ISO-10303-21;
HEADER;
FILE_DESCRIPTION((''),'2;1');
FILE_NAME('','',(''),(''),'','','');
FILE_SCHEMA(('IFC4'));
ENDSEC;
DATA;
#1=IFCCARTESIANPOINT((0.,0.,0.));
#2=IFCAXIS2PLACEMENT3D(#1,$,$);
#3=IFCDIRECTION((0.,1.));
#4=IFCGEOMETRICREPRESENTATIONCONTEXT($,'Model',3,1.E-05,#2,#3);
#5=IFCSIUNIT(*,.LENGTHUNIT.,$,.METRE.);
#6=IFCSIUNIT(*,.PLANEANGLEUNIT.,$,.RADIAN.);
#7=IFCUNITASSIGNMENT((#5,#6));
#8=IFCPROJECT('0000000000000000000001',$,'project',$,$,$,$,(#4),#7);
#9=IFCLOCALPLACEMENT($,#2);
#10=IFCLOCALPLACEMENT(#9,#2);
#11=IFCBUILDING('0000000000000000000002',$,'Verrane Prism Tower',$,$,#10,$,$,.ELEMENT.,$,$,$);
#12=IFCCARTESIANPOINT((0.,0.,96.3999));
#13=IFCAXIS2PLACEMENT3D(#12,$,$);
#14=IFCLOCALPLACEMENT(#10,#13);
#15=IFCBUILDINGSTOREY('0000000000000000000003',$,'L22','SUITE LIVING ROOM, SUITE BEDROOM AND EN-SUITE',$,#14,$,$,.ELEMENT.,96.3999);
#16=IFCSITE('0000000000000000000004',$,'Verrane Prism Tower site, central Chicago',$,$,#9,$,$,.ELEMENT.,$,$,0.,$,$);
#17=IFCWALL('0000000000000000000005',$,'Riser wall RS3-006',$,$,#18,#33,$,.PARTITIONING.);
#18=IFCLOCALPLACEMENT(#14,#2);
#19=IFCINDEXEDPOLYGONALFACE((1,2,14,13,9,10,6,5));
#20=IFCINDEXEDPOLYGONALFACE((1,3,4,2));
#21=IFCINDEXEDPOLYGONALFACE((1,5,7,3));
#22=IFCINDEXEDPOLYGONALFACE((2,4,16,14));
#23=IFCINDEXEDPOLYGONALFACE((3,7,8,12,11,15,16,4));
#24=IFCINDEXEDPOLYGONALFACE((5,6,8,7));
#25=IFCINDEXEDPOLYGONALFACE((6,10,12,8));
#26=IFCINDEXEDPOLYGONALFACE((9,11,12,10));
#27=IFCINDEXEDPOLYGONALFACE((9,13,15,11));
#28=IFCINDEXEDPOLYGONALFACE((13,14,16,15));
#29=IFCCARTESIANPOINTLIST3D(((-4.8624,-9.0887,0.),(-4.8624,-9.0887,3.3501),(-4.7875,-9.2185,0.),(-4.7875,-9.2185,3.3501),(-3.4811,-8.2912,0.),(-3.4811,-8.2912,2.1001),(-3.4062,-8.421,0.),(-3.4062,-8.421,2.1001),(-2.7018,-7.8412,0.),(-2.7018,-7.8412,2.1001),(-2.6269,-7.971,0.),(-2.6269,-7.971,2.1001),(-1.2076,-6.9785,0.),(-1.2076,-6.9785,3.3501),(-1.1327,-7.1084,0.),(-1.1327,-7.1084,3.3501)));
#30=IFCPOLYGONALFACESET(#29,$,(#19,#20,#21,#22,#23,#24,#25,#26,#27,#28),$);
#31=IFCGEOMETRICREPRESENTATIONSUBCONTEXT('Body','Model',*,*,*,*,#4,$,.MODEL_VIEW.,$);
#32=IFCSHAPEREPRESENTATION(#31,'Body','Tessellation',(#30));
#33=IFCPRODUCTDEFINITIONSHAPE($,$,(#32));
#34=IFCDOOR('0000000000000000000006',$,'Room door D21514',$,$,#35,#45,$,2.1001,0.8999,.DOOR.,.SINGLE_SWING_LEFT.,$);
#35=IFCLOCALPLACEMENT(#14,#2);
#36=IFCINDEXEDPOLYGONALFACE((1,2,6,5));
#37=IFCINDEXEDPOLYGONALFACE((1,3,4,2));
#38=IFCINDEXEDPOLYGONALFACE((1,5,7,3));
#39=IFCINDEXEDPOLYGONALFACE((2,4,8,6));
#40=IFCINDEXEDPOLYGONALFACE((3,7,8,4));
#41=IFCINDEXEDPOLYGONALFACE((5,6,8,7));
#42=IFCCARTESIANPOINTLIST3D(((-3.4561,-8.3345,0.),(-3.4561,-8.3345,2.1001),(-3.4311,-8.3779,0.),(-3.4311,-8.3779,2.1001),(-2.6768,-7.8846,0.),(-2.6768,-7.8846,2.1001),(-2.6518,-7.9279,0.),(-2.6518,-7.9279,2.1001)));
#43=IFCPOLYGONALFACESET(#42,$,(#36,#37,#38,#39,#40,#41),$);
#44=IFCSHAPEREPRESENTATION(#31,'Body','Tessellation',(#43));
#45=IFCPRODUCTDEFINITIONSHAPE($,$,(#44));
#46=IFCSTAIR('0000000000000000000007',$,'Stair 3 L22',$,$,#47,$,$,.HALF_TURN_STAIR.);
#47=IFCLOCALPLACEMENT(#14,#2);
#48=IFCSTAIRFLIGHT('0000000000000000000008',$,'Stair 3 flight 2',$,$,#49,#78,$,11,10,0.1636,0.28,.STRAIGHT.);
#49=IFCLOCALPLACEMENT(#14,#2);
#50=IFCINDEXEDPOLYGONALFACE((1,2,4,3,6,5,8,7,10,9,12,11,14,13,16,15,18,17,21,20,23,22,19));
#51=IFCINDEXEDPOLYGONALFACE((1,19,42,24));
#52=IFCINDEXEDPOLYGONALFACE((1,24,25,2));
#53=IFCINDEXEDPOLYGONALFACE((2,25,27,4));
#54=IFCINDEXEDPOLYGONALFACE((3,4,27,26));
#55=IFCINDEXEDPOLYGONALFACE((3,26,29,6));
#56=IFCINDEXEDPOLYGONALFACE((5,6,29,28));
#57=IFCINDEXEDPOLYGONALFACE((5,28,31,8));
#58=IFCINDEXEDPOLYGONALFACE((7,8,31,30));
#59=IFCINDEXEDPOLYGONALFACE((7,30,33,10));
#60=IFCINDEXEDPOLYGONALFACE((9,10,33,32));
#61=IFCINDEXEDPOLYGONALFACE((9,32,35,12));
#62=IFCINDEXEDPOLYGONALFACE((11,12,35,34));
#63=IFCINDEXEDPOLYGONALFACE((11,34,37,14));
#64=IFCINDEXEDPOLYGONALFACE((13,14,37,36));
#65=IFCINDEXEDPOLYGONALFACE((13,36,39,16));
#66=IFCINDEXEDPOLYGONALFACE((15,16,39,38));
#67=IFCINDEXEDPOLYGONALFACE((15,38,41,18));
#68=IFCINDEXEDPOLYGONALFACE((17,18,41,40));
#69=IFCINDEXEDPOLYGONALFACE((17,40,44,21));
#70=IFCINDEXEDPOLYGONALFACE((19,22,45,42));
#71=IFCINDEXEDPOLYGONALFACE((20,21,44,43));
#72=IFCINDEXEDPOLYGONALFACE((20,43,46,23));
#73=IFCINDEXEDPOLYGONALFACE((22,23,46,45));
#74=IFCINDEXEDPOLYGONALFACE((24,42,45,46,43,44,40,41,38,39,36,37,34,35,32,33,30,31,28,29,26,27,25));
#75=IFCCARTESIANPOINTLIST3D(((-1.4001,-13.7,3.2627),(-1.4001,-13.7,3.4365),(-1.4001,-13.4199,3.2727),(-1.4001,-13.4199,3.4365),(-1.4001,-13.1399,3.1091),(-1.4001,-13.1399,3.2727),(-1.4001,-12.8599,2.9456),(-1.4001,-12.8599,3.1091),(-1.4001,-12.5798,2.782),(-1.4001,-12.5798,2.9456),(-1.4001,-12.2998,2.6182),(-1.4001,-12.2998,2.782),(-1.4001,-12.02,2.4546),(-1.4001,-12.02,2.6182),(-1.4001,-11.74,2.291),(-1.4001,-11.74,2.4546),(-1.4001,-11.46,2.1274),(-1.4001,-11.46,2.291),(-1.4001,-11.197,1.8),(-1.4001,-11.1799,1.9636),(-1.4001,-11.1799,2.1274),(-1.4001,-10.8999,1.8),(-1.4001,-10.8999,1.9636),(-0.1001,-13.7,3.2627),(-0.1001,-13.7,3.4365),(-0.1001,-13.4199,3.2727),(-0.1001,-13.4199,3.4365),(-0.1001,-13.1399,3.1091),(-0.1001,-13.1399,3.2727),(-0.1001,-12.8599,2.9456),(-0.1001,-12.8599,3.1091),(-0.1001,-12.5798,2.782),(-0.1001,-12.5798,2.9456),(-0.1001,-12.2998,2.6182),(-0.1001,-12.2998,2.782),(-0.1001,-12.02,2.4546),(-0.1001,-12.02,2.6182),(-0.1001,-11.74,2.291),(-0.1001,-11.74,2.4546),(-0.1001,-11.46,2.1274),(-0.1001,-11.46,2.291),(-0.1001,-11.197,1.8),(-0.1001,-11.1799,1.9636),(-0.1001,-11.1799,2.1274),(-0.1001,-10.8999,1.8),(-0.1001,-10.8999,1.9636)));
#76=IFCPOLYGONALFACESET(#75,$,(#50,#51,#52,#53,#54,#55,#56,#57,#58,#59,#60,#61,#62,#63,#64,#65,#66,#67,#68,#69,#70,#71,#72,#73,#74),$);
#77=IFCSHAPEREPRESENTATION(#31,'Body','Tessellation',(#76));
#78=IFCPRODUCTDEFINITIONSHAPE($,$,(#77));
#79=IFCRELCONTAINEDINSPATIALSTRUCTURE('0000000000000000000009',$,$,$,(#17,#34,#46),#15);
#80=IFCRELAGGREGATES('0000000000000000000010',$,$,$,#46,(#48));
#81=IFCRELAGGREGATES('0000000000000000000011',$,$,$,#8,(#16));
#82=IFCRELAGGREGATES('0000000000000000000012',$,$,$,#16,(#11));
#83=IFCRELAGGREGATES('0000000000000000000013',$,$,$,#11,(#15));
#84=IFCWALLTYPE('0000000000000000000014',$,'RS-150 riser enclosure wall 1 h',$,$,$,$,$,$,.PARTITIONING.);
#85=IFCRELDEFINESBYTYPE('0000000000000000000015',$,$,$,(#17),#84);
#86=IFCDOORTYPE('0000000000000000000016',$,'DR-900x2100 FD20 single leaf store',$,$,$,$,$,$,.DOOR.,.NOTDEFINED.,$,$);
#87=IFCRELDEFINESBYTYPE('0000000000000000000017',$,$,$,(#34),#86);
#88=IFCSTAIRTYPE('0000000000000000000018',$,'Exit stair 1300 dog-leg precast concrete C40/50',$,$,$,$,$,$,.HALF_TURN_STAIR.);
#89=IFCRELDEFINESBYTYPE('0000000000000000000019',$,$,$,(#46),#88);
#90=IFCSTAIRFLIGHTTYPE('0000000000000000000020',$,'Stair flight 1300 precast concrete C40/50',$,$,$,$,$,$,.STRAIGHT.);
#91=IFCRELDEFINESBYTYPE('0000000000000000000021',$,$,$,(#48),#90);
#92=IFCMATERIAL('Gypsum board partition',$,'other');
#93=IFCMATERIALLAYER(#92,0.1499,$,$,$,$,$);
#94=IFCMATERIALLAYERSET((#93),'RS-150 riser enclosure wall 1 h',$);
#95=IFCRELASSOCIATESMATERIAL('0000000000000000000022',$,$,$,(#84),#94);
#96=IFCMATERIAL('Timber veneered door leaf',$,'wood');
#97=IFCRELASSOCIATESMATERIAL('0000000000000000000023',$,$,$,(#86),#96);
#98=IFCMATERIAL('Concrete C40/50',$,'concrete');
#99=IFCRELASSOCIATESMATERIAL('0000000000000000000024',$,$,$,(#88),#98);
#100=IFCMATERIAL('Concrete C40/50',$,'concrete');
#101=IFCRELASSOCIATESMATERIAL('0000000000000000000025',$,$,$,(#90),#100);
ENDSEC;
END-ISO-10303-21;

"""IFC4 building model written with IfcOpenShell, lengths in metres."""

from ifc_helpers import new_model, si_unit, direction, frame, frame_2d, origin, place, context, subcontext, project, spatial, polyline, rectangle, outline, extrude, material, layer, layer_set, type_object, element, fill, aggregate, save


model = new_model("IFC4")

# Units and contexts
model_context = context("Model", 3, precision=1e-05, world=origin(), true_north=direction((0.0, 1.0)))
body_context = subcontext(model_context, "Body", "Model", "MODEL_VIEW")
ifc_project = project(units=[si_unit("LENGTHUNIT", "METRE"), si_unit("PLANEANGLEUNIT", "RADIAN")], contexts=[model_context])

# Site, building, storey
site_placement = place(None, origin())
site = spatial("IfcSite", under=ifc_project, at=site_placement, Name="Verrane Prism Tower site, central Chicago", CompositionType="ELEMENT", RefElevation=0.0)
building_placement = place(site_placement, origin())
building = spatial("IfcBuilding", under=site, at=building_placement, Name="Verrane Prism Tower", CompositionType="ELEMENT")
storey_placement = place(building_placement, frame((0.0, 0.0, 96.3999)))
storey = spatial("IfcBuildingStorey", under=building, at=storey_placement, Name="L22", Description="SUITE LIVING ROOM, SUITE BEDROOM AND EN-SUITE", CompositionType="ELEMENT", Elevation=96.3999)

# Wall, opening, door
ifc_material_1 = material(Name="Gypsum board partition", Category="other")
ifc_layer_1 = layer(ifc_material_1, 0.1499)
ifc_layer_set_1 = layer_set([ifc_layer_1], Name="RS-150 riser enclosure wall 1 h")
wall_type_1 = type_object("IfcWallType", Name="RS-150 riser enclosure wall 1 h", PredefinedType="PARTITIONING", material=ifc_layer_set_1)
wall_1_placement = place(storey_placement, frame((-4.825, -9.1536, 0.0), z_axis=(0.0, 0.0, 1.0), x_axis=(0.866024, 0.500003, 0.0)))
wall_1 = element("IfcWall", 1, at=wall_1_placement, inside=storey, type_object=wall_type_1, Name="Riser wall RS3-006", PredefinedType="PARTITIONING", context=body_context, shape_type="SweptSolid", body=[
    extrude(rectangle(XDim=4.2202, YDim=0.1499, at=frame_2d((2.1101, 0.0))), origin(), (0.0, 0.0, 1.0), 3.3501),
])
opening_1_placement = place(wall_1_placement, frame((1.595, 0.0, 0.0)))
opening_1 = element("IfcOpeningElement", 2, at=opening_1_placement, cuts=wall_1, PredefinedType="OPENING", context=body_context, shape_type="SweptSolid", body=[
    extrude(rectangle(XDim=0.8999, YDim=2.1001, at=frame_2d((0.45, 1.05))), frame((0.0, 0.085, 0.0), z_axis=(0.0, -1.0, 0.0), x_axis=(1.0, 0.0, 0.0)), (0.0, 0.0, 1.0), 0.1699),
])
ifc_material_2 = material(Name="Timber veneered door leaf", Category="wood")
door_type_1 = type_object("IfcDoorType", Name="DR-900x2100 FD20 single leaf store", OperationType="NOTDEFINED", PredefinedType="DOOR", material=ifc_material_2)
door_1_placement = place(opening_1_placement, origin())
door_1 = element("IfcDoor", 3, at=door_1_placement, inside=storey, type_object=door_type_1, Name="Room door D21514", OperationType="SINGLE_SWING_LEFT", OverallHeight=2.1001, OverallWidth=0.8999, PredefinedType="DOOR", context=body_context, shape_type="SweptSolid", body=[
    extrude(rectangle(XDim=0.8999, YDim=2.1001, at=frame_2d((0.45, 1.05))), frame((0.0, 0.0249, 0.0), z_axis=(0.0, -1.0, 0.0), x_axis=(1.0, 0.0, 0.0)), (0.0, 0.0, 1.0), 0.05),
])
fill(opening_1, door_1)

# Stair, stair flight
ifc_material_3 = material(Name="Concrete C40/50", Category="concrete")
stair_type = type_object("IfcStairType", Name="Exit stair 1300 dog-leg precast concrete C40/50", PredefinedType="HALF_TURN_STAIR", material=ifc_material_3)
stair_placement = place(storey_placement, origin())
stair = element("IfcStair", 4, at=stair_placement, inside=storey, type_object=stair_type, Name="Stair 3 L22", PredefinedType="HALF_TURN_STAIR")
ifc_material_4 = material(Name="Concrete C40/50", Category="concrete")
stair_flight_type = type_object("IfcStairFlightType", Name="Stair flight 1300 precast concrete C40/50", PredefinedType="STRAIGHT", material=ifc_material_4)
stair_flight_placement = place(storey_placement, frame((-0.75, -10.8999, 1.8), z_axis=(0.0, 0.0, 1.0), x_axis=(0.0, -1.0, 0.0)))
stair_flight = element("IfcStairFlight", 5, at=stair_flight_placement, type_object=stair_flight_type, Name="Stair 3 flight 2", NumberOfRisers=11, NumberOfTreads=10, PredefinedType="STRAIGHT", RiserHeight=0.1636, TreadLength=0.28, context=body_context, shape_type="SweptSolid", body=[
    extrude(outline(polyline([(0.0, 0.0), (0.0, 0.1636), (0.28, 0.1636), (0.28, 0.3274), (0.5601, 0.3274), (0.5601, 0.491), (0.8401, 0.491), (0.8401, 0.6545), (1.1201, 0.6545), (1.1201, 0.8181), (1.3999, 0.8181), (1.3999, 0.9819), (1.6799, 0.9819), (1.6799, 1.1455), (1.96, 1.1455), (1.96, 1.3091), (2.24, 1.3091), (2.24, 1.4727), (2.52, 1.4727), (2.52, 1.6365), (2.8, 1.6365), (2.8, 1.8), (2.8, 1.4626), (0.2971, 0.0), (0.0, 0.0)])), frame((0.0, 0.6499, 0.0), z_axis=(0.0, -1.0, 0.0), x_axis=(1.0, 0.0, 0.0)), (0.0, 0.0, 1.0), 1.3),
])
aggregate(stair, [stair_flight])

save(model, "model.ifc")
